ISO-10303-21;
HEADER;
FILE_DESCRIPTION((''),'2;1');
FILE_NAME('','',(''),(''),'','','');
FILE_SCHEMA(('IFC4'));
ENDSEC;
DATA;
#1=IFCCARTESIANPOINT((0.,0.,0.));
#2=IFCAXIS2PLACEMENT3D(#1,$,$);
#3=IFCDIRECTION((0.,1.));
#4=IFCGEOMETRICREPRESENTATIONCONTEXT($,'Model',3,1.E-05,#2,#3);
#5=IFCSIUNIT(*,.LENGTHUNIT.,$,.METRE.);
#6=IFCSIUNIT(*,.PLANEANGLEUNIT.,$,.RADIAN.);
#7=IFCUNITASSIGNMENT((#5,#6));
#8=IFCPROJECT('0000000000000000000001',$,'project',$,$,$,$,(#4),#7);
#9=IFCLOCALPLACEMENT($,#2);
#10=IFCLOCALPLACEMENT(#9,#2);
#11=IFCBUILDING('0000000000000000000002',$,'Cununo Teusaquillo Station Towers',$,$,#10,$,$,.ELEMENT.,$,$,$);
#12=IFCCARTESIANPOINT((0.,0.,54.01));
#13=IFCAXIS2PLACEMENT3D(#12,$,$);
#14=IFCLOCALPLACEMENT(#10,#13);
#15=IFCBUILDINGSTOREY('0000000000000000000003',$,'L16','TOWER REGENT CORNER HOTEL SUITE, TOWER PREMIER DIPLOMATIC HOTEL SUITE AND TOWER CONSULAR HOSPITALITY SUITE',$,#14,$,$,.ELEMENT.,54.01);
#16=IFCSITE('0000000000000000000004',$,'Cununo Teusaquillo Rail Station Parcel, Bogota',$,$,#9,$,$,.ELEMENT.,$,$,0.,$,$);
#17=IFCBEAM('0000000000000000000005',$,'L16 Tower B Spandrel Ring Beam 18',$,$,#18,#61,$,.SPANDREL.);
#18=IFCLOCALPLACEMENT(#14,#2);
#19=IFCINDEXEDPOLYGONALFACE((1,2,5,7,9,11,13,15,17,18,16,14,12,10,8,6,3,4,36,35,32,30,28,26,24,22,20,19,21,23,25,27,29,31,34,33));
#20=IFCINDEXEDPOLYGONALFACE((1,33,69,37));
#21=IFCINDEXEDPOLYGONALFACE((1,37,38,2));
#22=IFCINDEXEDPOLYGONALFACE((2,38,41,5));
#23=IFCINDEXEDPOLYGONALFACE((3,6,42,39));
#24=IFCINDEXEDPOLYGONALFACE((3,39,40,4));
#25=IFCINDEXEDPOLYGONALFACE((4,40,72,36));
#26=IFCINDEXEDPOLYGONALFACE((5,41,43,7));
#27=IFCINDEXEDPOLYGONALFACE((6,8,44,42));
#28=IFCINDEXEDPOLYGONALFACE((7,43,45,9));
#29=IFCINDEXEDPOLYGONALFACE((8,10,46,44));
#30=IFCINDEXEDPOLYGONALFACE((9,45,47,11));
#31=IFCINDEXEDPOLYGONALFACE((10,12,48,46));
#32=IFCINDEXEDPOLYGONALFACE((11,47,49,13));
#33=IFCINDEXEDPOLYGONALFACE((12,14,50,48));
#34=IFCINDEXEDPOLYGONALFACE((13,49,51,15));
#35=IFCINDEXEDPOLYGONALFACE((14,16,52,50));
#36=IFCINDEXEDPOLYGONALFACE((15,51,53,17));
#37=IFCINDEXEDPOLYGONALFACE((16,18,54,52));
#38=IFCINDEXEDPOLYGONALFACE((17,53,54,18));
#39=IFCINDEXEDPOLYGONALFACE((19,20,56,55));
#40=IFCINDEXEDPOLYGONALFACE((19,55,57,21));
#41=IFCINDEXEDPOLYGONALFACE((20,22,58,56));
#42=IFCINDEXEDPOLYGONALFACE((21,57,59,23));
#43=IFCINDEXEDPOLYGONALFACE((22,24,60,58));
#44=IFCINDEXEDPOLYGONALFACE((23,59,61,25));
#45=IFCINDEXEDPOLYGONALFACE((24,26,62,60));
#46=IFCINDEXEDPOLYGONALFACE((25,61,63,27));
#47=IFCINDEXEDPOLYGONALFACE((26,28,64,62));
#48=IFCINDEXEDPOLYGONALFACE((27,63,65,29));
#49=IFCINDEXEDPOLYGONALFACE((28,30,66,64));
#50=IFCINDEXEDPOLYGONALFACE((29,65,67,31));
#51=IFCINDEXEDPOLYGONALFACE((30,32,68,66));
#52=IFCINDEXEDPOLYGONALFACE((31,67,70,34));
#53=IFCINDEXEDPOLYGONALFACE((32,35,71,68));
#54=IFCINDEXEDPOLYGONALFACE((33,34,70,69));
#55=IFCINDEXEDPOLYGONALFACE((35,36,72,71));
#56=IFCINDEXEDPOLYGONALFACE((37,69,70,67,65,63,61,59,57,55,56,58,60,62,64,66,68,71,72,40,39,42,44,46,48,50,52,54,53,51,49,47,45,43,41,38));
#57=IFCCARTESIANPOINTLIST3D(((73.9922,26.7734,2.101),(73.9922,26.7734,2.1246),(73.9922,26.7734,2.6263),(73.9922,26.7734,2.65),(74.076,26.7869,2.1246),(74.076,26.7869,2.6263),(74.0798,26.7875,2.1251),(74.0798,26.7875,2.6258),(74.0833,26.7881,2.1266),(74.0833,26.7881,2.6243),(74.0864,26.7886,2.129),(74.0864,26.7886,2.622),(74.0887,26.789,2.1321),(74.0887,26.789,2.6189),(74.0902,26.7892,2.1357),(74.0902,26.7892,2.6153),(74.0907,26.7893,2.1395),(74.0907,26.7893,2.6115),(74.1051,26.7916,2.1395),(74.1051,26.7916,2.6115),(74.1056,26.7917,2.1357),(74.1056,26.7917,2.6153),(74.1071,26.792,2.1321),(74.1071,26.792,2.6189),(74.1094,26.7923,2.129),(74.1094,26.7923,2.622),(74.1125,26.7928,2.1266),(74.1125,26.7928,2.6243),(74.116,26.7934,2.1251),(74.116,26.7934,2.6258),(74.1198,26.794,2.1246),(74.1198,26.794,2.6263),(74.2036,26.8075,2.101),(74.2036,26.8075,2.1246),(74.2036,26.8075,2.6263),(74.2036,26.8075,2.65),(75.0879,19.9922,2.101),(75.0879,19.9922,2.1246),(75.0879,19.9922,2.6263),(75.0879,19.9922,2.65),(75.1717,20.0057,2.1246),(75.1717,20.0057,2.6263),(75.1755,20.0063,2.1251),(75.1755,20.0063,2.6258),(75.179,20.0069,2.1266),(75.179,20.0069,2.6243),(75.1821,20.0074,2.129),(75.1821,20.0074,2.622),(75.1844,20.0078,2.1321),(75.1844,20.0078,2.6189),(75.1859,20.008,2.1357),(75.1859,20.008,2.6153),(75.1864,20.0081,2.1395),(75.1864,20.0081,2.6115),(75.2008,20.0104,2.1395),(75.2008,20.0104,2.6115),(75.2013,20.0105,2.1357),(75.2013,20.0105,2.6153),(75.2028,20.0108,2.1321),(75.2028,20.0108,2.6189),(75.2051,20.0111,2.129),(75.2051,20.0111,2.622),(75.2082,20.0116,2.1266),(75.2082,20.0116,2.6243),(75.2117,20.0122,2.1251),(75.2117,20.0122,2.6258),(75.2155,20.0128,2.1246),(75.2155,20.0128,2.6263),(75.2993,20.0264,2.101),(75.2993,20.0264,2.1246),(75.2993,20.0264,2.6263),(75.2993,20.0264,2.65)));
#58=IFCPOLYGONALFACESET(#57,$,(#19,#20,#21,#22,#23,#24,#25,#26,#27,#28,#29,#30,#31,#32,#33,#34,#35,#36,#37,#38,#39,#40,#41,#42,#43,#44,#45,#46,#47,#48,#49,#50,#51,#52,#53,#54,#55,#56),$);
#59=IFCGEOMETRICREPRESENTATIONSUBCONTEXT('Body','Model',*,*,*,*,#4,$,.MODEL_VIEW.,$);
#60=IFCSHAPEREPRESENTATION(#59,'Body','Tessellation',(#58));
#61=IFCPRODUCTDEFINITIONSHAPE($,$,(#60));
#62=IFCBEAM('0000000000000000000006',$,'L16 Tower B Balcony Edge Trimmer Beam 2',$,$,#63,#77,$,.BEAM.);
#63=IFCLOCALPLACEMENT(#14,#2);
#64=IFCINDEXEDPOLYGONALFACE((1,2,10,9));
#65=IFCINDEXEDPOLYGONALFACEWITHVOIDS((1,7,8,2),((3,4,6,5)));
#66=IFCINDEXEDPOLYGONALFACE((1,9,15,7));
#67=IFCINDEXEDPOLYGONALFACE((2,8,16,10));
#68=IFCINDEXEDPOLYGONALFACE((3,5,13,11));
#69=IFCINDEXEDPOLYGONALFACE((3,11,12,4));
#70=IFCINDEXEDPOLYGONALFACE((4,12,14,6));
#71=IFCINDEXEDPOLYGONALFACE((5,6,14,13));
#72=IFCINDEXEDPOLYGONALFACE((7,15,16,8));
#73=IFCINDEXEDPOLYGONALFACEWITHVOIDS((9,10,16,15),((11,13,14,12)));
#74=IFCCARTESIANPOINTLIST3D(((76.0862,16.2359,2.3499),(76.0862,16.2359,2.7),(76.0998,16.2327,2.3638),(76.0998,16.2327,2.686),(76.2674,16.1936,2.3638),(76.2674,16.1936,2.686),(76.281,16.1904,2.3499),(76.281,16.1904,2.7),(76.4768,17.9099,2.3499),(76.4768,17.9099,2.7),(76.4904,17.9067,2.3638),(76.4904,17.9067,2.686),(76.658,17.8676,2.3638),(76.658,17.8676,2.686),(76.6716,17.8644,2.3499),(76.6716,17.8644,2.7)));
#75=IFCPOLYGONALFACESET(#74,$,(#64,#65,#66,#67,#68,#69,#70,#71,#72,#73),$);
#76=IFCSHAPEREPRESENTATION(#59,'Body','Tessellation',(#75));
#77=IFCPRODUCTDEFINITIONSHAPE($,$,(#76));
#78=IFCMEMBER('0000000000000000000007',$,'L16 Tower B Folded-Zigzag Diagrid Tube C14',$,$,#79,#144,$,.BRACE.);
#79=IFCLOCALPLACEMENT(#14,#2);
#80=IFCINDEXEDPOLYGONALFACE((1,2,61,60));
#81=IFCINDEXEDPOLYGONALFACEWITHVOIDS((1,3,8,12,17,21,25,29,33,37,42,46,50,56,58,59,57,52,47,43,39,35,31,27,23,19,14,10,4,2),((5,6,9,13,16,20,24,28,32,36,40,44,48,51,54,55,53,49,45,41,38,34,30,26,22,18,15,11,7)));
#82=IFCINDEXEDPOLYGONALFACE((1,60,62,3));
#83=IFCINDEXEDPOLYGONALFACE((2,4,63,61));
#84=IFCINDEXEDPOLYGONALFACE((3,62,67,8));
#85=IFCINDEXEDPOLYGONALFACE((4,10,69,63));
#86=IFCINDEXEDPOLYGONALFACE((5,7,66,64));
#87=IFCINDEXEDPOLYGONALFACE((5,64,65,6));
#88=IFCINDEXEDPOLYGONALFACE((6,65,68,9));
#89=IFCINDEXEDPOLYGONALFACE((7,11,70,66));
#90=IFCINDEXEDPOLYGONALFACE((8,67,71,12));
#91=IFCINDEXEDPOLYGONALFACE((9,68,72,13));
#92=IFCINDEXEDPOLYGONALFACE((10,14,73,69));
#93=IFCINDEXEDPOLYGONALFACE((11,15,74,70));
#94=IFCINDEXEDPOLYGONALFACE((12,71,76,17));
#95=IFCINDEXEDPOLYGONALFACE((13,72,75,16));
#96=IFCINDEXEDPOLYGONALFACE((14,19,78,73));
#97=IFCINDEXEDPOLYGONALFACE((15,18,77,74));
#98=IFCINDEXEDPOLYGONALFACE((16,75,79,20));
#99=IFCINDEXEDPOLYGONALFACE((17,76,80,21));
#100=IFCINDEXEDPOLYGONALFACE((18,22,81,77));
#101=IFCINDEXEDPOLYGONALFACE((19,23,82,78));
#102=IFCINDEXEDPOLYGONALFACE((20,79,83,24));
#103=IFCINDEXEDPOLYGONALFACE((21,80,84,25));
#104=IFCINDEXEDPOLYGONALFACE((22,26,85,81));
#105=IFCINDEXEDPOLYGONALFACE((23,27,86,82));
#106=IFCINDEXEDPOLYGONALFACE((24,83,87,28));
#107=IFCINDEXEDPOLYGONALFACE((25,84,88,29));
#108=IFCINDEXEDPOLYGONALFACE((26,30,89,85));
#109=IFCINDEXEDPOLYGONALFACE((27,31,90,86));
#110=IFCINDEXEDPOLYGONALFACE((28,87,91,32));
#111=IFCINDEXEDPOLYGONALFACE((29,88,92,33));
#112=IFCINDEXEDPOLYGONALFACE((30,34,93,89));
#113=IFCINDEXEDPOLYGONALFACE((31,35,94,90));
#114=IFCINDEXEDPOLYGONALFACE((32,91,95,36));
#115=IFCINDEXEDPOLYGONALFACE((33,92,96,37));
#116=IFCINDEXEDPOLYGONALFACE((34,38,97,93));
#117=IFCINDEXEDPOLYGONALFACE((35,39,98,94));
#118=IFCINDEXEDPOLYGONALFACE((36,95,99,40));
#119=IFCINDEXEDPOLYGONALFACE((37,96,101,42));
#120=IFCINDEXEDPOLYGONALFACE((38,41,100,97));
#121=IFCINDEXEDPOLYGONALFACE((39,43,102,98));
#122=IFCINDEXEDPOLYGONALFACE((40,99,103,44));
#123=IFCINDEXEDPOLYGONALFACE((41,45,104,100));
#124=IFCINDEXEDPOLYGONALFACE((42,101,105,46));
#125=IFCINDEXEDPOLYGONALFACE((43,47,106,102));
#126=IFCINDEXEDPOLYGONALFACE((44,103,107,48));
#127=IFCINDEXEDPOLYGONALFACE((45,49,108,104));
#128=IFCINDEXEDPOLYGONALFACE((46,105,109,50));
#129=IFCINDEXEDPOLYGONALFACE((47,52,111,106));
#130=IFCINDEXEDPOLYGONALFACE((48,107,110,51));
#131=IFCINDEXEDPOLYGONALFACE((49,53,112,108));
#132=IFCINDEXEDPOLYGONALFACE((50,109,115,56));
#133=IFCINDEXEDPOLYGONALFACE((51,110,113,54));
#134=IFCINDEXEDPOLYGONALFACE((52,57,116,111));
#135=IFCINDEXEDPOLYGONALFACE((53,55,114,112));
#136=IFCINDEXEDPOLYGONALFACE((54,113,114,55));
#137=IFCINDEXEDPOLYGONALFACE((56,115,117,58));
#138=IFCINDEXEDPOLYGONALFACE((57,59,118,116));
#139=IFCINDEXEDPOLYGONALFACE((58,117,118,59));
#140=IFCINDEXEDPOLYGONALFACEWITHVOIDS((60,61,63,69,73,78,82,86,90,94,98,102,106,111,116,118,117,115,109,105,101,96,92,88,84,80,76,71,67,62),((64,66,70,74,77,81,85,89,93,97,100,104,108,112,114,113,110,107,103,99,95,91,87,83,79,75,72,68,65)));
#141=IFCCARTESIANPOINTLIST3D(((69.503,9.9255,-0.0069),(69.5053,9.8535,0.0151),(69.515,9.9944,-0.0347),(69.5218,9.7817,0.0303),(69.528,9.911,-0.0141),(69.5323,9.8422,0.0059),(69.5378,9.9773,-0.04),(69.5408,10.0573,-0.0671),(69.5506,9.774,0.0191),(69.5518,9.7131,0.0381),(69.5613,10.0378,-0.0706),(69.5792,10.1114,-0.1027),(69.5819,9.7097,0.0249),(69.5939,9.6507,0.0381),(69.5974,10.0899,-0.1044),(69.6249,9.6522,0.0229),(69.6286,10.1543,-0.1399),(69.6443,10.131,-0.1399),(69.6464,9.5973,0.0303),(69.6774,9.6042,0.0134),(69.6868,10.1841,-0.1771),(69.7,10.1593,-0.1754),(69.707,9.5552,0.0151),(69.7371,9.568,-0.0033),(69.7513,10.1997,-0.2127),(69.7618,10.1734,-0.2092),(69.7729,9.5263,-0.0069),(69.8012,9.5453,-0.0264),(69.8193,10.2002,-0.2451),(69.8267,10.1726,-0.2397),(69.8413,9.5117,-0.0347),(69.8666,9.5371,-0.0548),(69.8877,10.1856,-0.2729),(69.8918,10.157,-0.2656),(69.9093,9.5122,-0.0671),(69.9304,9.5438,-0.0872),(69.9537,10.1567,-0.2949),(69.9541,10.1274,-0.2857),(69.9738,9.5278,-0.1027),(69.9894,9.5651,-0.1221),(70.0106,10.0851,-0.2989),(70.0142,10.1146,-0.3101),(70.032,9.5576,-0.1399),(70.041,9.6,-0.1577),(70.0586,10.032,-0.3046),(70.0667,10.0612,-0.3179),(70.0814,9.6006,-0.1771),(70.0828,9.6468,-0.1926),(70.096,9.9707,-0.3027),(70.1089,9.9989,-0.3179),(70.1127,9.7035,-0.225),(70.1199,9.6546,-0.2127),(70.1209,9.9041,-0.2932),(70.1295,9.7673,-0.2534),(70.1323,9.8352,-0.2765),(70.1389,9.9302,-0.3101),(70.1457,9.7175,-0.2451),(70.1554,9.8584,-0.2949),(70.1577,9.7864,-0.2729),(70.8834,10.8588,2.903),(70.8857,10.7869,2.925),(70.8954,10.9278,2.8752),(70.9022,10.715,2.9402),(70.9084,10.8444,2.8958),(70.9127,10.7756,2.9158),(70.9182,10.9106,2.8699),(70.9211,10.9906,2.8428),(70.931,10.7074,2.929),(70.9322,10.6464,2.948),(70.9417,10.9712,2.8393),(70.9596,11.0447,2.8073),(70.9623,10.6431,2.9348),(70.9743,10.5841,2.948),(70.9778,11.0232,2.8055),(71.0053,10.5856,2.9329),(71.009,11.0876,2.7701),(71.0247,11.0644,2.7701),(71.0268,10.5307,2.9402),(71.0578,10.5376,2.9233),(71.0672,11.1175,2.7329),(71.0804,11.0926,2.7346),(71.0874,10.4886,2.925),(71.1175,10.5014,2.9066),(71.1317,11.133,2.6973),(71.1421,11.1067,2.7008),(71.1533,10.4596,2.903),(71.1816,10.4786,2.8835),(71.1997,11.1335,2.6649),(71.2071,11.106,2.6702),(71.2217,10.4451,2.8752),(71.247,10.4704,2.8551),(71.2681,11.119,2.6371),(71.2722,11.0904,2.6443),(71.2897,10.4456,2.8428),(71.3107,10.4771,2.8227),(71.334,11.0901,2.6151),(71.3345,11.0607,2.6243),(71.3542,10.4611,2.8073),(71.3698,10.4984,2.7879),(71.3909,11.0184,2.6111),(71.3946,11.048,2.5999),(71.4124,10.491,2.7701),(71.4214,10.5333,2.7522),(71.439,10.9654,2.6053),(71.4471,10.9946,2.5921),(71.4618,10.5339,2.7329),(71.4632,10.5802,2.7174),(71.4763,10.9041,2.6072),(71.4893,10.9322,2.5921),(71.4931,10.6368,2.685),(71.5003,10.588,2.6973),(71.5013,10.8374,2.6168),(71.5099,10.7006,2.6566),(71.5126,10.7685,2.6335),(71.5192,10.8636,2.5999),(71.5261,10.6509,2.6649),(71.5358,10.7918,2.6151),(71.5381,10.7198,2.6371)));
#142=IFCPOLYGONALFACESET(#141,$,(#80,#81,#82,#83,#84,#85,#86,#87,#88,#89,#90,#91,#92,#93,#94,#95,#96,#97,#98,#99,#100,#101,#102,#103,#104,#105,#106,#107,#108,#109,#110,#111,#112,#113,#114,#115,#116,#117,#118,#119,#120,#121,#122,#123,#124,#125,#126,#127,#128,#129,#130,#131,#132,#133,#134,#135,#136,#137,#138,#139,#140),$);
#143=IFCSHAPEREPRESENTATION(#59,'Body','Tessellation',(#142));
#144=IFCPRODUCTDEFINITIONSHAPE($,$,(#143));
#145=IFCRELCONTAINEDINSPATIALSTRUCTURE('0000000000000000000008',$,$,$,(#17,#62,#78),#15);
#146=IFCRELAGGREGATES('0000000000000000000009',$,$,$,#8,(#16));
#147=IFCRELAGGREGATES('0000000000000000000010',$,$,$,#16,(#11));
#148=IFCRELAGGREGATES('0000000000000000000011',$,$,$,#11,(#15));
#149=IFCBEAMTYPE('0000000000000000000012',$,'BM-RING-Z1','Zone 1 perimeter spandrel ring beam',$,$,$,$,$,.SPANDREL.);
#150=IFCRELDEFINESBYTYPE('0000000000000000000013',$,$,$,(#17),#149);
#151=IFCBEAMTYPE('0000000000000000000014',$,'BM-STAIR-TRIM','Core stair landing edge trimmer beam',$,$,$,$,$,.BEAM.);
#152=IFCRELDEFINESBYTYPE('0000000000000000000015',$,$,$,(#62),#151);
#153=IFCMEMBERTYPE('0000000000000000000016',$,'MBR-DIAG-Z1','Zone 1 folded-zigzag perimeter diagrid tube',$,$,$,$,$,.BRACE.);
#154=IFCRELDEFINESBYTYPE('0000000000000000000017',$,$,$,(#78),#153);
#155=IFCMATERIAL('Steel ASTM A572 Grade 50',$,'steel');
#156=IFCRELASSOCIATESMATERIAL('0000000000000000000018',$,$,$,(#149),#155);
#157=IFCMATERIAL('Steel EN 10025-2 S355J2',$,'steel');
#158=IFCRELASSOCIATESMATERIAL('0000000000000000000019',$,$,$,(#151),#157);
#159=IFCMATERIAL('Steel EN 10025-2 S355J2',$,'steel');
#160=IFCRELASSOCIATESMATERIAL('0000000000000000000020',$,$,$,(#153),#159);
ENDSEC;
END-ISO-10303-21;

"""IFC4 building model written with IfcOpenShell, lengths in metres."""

from ifc_helpers import new_model, si_unit, direction, frame, origin, origin_2d, place, context, subcontext, project, spatial, hollow_rectangle, hollow_circle, i_section, extrude, material, material_profile, profile_set, type_object, element, save


model = new_model("IFC4")

# Units and contexts
model_context = context("Model", 3, precision=1e-05, world=origin(), true_north=direction((0.0, 1.0)))
body_context = subcontext(model_context, "Body", "Model", "MODEL_VIEW")
ifc_project = project(units=[si_unit("LENGTHUNIT", "METRE"), si_unit("PLANEANGLEUNIT", "RADIAN")], contexts=[model_context])

# Site, building, storey
site_placement = place(None, origin())
site = spatial("IfcSite", under=ifc_project, at=site_placement, Name="Cununo Teusaquillo Rail Station Parcel, Bogota", CompositionType="ELEMENT", RefElevation=0.0)
building_placement = place(site_placement, origin())
building = spatial("IfcBuilding", under=site, at=building_placement, Name="Cununo Teusaquillo Station Towers", CompositionType="ELEMENT")
storey_placement = place(building_placement, frame((0.0, 0.0, 54.01)))
storey = spatial("IfcBuildingStorey", under=building, at=storey_placement, Name="L16", Description="TOWER REGENT CORNER HOTEL SUITE, TOWER PREMIER DIPLOMATIC HOTEL SUITE AND TOWER CONSULAR HOSPITALITY SUITE", CompositionType="ELEMENT", Elevation=54.01)

# Beams
ifc_material_1 = material(Name="Steel ASTM A572 Grade 50", Category="steel")
ifc_material_profile_1 = material_profile(ifc_material_1, i_section(OverallWidth=0.2141, OverallDepth=0.5491, WebThickness=0.0146, FlangeThickness=0.0237, FilletRadius=0.0149, at=origin_2d()), Name="W21X93")
ifc_profile_set_1 = profile_set([ifc_material_profile_1], Name="Steel ASTM A572 Grade 50")
beam_type_1 = type_object("IfcBeamType", Name="BM-RING-Z1", Description="Zone 1 perimeter spandrel ring beam", PredefinedType="SPANDREL", material=ifc_profile_set_1)
beam_1_placement = place(storey_placement, frame((75.1936, 20.0093, 2.3755), z_axis=(-0.15951, 0.987196, 0.0), x_axis=(-0.987196, -0.15951, 0.0)))
element("IfcBeam", 1, at=beam_1_placement, inside=storey, type_object=beam_type_1, Name="L16 Tower B Spandrel Ring Beam 18", PredefinedType="SPANDREL", context=body_context, shape_type="SweptSolid", body=[
    extrude(i_section(OverallWidth=0.2141, OverallDepth=0.5491, WebThickness=0.0146, FlangeThickness=0.0237, FilletRadius=0.0149, at=origin_2d()), origin(), (0.0, 0.0, 1.0), 6.8691),
])
ifc_material_2 = material(Name="Steel EN 10025-2 S355J2", Category="steel")
ifc_material_profile_2 = material_profile(ifc_material_2, hollow_rectangle(XDim=0.2, YDim=0.3501, WallThickness=0.0139, at=origin_2d()), Name="RHS 350x200x14")
ifc_profile_set_2 = profile_set([ifc_material_profile_2], Name="Steel EN 10025-2 S355J2")
beam_type_2 = type_object("IfcBeamType", Name="BM-STAIR-TRIM", Description="Core stair landing edge trimmer beam", PredefinedType="BEAM", material=ifc_profile_set_2)
beam_2_placement = place(storey_placement, frame((76.1836, 16.2131, 2.5249), z_axis=(0.227234, 0.97384, 0.0), x_axis=(-0.97384, 0.227234, 0.0)))
element("IfcBeam", 2, at=beam_2_placement, inside=storey, type_object=beam_type_2, Name="L16 Tower B Balcony Edge Trimmer Beam 2", PredefinedType="BEAM", context=body_context, shape_type="SweptSolid", body=[
    extrude(hollow_rectangle(XDim=0.2, YDim=0.3501, WallThickness=0.0139, at=origin_2d()), origin(), (0.0, 0.0, 1.0), 1.719),
])

# Member
ifc_material_3 = material(Name="Steel EN 10025-2 S355J2", Category="steel")
ifc_material_profile_3 = material_profile(ifc_material_3, hollow_circle(Radius=0.3601, WallThickness=0.0281, at=origin_2d()), Name="CHS 720x28")
ifc_profile_set_3 = profile_set([ifc_material_profile_3], Name="Steel EN 10025-2 S355J2")
member_type = type_object("IfcMemberType", Name="MBR-DIAG-Z1", Description="Zone 1 folded-zigzag perimeter diagrid tube", PredefinedType="BRACE", material=ifc_profile_set_3)
member_1_placement = place(storey_placement, frame((69.8303, 9.856, -0.1399), z_axis=(0.411654, 0.278343, 0.867794), x_axis=(-0.560132, 0.828403, 0.0)))
element("IfcMember", 3, at=member_1_placement, inside=storey, type_object=member_type, Name="L16 Tower B Folded-Zigzag Diagrid Tube C14", PredefinedType="BRACE", context=body_context, shape_type="SweptSolid", body=[
    extrude(hollow_circle(Radius=0.3601, WallThickness=0.0281, at=origin_2d()), origin(), (0.0, 0.0, 1.0), 3.3533),
])

save(model, "model.ifc")
